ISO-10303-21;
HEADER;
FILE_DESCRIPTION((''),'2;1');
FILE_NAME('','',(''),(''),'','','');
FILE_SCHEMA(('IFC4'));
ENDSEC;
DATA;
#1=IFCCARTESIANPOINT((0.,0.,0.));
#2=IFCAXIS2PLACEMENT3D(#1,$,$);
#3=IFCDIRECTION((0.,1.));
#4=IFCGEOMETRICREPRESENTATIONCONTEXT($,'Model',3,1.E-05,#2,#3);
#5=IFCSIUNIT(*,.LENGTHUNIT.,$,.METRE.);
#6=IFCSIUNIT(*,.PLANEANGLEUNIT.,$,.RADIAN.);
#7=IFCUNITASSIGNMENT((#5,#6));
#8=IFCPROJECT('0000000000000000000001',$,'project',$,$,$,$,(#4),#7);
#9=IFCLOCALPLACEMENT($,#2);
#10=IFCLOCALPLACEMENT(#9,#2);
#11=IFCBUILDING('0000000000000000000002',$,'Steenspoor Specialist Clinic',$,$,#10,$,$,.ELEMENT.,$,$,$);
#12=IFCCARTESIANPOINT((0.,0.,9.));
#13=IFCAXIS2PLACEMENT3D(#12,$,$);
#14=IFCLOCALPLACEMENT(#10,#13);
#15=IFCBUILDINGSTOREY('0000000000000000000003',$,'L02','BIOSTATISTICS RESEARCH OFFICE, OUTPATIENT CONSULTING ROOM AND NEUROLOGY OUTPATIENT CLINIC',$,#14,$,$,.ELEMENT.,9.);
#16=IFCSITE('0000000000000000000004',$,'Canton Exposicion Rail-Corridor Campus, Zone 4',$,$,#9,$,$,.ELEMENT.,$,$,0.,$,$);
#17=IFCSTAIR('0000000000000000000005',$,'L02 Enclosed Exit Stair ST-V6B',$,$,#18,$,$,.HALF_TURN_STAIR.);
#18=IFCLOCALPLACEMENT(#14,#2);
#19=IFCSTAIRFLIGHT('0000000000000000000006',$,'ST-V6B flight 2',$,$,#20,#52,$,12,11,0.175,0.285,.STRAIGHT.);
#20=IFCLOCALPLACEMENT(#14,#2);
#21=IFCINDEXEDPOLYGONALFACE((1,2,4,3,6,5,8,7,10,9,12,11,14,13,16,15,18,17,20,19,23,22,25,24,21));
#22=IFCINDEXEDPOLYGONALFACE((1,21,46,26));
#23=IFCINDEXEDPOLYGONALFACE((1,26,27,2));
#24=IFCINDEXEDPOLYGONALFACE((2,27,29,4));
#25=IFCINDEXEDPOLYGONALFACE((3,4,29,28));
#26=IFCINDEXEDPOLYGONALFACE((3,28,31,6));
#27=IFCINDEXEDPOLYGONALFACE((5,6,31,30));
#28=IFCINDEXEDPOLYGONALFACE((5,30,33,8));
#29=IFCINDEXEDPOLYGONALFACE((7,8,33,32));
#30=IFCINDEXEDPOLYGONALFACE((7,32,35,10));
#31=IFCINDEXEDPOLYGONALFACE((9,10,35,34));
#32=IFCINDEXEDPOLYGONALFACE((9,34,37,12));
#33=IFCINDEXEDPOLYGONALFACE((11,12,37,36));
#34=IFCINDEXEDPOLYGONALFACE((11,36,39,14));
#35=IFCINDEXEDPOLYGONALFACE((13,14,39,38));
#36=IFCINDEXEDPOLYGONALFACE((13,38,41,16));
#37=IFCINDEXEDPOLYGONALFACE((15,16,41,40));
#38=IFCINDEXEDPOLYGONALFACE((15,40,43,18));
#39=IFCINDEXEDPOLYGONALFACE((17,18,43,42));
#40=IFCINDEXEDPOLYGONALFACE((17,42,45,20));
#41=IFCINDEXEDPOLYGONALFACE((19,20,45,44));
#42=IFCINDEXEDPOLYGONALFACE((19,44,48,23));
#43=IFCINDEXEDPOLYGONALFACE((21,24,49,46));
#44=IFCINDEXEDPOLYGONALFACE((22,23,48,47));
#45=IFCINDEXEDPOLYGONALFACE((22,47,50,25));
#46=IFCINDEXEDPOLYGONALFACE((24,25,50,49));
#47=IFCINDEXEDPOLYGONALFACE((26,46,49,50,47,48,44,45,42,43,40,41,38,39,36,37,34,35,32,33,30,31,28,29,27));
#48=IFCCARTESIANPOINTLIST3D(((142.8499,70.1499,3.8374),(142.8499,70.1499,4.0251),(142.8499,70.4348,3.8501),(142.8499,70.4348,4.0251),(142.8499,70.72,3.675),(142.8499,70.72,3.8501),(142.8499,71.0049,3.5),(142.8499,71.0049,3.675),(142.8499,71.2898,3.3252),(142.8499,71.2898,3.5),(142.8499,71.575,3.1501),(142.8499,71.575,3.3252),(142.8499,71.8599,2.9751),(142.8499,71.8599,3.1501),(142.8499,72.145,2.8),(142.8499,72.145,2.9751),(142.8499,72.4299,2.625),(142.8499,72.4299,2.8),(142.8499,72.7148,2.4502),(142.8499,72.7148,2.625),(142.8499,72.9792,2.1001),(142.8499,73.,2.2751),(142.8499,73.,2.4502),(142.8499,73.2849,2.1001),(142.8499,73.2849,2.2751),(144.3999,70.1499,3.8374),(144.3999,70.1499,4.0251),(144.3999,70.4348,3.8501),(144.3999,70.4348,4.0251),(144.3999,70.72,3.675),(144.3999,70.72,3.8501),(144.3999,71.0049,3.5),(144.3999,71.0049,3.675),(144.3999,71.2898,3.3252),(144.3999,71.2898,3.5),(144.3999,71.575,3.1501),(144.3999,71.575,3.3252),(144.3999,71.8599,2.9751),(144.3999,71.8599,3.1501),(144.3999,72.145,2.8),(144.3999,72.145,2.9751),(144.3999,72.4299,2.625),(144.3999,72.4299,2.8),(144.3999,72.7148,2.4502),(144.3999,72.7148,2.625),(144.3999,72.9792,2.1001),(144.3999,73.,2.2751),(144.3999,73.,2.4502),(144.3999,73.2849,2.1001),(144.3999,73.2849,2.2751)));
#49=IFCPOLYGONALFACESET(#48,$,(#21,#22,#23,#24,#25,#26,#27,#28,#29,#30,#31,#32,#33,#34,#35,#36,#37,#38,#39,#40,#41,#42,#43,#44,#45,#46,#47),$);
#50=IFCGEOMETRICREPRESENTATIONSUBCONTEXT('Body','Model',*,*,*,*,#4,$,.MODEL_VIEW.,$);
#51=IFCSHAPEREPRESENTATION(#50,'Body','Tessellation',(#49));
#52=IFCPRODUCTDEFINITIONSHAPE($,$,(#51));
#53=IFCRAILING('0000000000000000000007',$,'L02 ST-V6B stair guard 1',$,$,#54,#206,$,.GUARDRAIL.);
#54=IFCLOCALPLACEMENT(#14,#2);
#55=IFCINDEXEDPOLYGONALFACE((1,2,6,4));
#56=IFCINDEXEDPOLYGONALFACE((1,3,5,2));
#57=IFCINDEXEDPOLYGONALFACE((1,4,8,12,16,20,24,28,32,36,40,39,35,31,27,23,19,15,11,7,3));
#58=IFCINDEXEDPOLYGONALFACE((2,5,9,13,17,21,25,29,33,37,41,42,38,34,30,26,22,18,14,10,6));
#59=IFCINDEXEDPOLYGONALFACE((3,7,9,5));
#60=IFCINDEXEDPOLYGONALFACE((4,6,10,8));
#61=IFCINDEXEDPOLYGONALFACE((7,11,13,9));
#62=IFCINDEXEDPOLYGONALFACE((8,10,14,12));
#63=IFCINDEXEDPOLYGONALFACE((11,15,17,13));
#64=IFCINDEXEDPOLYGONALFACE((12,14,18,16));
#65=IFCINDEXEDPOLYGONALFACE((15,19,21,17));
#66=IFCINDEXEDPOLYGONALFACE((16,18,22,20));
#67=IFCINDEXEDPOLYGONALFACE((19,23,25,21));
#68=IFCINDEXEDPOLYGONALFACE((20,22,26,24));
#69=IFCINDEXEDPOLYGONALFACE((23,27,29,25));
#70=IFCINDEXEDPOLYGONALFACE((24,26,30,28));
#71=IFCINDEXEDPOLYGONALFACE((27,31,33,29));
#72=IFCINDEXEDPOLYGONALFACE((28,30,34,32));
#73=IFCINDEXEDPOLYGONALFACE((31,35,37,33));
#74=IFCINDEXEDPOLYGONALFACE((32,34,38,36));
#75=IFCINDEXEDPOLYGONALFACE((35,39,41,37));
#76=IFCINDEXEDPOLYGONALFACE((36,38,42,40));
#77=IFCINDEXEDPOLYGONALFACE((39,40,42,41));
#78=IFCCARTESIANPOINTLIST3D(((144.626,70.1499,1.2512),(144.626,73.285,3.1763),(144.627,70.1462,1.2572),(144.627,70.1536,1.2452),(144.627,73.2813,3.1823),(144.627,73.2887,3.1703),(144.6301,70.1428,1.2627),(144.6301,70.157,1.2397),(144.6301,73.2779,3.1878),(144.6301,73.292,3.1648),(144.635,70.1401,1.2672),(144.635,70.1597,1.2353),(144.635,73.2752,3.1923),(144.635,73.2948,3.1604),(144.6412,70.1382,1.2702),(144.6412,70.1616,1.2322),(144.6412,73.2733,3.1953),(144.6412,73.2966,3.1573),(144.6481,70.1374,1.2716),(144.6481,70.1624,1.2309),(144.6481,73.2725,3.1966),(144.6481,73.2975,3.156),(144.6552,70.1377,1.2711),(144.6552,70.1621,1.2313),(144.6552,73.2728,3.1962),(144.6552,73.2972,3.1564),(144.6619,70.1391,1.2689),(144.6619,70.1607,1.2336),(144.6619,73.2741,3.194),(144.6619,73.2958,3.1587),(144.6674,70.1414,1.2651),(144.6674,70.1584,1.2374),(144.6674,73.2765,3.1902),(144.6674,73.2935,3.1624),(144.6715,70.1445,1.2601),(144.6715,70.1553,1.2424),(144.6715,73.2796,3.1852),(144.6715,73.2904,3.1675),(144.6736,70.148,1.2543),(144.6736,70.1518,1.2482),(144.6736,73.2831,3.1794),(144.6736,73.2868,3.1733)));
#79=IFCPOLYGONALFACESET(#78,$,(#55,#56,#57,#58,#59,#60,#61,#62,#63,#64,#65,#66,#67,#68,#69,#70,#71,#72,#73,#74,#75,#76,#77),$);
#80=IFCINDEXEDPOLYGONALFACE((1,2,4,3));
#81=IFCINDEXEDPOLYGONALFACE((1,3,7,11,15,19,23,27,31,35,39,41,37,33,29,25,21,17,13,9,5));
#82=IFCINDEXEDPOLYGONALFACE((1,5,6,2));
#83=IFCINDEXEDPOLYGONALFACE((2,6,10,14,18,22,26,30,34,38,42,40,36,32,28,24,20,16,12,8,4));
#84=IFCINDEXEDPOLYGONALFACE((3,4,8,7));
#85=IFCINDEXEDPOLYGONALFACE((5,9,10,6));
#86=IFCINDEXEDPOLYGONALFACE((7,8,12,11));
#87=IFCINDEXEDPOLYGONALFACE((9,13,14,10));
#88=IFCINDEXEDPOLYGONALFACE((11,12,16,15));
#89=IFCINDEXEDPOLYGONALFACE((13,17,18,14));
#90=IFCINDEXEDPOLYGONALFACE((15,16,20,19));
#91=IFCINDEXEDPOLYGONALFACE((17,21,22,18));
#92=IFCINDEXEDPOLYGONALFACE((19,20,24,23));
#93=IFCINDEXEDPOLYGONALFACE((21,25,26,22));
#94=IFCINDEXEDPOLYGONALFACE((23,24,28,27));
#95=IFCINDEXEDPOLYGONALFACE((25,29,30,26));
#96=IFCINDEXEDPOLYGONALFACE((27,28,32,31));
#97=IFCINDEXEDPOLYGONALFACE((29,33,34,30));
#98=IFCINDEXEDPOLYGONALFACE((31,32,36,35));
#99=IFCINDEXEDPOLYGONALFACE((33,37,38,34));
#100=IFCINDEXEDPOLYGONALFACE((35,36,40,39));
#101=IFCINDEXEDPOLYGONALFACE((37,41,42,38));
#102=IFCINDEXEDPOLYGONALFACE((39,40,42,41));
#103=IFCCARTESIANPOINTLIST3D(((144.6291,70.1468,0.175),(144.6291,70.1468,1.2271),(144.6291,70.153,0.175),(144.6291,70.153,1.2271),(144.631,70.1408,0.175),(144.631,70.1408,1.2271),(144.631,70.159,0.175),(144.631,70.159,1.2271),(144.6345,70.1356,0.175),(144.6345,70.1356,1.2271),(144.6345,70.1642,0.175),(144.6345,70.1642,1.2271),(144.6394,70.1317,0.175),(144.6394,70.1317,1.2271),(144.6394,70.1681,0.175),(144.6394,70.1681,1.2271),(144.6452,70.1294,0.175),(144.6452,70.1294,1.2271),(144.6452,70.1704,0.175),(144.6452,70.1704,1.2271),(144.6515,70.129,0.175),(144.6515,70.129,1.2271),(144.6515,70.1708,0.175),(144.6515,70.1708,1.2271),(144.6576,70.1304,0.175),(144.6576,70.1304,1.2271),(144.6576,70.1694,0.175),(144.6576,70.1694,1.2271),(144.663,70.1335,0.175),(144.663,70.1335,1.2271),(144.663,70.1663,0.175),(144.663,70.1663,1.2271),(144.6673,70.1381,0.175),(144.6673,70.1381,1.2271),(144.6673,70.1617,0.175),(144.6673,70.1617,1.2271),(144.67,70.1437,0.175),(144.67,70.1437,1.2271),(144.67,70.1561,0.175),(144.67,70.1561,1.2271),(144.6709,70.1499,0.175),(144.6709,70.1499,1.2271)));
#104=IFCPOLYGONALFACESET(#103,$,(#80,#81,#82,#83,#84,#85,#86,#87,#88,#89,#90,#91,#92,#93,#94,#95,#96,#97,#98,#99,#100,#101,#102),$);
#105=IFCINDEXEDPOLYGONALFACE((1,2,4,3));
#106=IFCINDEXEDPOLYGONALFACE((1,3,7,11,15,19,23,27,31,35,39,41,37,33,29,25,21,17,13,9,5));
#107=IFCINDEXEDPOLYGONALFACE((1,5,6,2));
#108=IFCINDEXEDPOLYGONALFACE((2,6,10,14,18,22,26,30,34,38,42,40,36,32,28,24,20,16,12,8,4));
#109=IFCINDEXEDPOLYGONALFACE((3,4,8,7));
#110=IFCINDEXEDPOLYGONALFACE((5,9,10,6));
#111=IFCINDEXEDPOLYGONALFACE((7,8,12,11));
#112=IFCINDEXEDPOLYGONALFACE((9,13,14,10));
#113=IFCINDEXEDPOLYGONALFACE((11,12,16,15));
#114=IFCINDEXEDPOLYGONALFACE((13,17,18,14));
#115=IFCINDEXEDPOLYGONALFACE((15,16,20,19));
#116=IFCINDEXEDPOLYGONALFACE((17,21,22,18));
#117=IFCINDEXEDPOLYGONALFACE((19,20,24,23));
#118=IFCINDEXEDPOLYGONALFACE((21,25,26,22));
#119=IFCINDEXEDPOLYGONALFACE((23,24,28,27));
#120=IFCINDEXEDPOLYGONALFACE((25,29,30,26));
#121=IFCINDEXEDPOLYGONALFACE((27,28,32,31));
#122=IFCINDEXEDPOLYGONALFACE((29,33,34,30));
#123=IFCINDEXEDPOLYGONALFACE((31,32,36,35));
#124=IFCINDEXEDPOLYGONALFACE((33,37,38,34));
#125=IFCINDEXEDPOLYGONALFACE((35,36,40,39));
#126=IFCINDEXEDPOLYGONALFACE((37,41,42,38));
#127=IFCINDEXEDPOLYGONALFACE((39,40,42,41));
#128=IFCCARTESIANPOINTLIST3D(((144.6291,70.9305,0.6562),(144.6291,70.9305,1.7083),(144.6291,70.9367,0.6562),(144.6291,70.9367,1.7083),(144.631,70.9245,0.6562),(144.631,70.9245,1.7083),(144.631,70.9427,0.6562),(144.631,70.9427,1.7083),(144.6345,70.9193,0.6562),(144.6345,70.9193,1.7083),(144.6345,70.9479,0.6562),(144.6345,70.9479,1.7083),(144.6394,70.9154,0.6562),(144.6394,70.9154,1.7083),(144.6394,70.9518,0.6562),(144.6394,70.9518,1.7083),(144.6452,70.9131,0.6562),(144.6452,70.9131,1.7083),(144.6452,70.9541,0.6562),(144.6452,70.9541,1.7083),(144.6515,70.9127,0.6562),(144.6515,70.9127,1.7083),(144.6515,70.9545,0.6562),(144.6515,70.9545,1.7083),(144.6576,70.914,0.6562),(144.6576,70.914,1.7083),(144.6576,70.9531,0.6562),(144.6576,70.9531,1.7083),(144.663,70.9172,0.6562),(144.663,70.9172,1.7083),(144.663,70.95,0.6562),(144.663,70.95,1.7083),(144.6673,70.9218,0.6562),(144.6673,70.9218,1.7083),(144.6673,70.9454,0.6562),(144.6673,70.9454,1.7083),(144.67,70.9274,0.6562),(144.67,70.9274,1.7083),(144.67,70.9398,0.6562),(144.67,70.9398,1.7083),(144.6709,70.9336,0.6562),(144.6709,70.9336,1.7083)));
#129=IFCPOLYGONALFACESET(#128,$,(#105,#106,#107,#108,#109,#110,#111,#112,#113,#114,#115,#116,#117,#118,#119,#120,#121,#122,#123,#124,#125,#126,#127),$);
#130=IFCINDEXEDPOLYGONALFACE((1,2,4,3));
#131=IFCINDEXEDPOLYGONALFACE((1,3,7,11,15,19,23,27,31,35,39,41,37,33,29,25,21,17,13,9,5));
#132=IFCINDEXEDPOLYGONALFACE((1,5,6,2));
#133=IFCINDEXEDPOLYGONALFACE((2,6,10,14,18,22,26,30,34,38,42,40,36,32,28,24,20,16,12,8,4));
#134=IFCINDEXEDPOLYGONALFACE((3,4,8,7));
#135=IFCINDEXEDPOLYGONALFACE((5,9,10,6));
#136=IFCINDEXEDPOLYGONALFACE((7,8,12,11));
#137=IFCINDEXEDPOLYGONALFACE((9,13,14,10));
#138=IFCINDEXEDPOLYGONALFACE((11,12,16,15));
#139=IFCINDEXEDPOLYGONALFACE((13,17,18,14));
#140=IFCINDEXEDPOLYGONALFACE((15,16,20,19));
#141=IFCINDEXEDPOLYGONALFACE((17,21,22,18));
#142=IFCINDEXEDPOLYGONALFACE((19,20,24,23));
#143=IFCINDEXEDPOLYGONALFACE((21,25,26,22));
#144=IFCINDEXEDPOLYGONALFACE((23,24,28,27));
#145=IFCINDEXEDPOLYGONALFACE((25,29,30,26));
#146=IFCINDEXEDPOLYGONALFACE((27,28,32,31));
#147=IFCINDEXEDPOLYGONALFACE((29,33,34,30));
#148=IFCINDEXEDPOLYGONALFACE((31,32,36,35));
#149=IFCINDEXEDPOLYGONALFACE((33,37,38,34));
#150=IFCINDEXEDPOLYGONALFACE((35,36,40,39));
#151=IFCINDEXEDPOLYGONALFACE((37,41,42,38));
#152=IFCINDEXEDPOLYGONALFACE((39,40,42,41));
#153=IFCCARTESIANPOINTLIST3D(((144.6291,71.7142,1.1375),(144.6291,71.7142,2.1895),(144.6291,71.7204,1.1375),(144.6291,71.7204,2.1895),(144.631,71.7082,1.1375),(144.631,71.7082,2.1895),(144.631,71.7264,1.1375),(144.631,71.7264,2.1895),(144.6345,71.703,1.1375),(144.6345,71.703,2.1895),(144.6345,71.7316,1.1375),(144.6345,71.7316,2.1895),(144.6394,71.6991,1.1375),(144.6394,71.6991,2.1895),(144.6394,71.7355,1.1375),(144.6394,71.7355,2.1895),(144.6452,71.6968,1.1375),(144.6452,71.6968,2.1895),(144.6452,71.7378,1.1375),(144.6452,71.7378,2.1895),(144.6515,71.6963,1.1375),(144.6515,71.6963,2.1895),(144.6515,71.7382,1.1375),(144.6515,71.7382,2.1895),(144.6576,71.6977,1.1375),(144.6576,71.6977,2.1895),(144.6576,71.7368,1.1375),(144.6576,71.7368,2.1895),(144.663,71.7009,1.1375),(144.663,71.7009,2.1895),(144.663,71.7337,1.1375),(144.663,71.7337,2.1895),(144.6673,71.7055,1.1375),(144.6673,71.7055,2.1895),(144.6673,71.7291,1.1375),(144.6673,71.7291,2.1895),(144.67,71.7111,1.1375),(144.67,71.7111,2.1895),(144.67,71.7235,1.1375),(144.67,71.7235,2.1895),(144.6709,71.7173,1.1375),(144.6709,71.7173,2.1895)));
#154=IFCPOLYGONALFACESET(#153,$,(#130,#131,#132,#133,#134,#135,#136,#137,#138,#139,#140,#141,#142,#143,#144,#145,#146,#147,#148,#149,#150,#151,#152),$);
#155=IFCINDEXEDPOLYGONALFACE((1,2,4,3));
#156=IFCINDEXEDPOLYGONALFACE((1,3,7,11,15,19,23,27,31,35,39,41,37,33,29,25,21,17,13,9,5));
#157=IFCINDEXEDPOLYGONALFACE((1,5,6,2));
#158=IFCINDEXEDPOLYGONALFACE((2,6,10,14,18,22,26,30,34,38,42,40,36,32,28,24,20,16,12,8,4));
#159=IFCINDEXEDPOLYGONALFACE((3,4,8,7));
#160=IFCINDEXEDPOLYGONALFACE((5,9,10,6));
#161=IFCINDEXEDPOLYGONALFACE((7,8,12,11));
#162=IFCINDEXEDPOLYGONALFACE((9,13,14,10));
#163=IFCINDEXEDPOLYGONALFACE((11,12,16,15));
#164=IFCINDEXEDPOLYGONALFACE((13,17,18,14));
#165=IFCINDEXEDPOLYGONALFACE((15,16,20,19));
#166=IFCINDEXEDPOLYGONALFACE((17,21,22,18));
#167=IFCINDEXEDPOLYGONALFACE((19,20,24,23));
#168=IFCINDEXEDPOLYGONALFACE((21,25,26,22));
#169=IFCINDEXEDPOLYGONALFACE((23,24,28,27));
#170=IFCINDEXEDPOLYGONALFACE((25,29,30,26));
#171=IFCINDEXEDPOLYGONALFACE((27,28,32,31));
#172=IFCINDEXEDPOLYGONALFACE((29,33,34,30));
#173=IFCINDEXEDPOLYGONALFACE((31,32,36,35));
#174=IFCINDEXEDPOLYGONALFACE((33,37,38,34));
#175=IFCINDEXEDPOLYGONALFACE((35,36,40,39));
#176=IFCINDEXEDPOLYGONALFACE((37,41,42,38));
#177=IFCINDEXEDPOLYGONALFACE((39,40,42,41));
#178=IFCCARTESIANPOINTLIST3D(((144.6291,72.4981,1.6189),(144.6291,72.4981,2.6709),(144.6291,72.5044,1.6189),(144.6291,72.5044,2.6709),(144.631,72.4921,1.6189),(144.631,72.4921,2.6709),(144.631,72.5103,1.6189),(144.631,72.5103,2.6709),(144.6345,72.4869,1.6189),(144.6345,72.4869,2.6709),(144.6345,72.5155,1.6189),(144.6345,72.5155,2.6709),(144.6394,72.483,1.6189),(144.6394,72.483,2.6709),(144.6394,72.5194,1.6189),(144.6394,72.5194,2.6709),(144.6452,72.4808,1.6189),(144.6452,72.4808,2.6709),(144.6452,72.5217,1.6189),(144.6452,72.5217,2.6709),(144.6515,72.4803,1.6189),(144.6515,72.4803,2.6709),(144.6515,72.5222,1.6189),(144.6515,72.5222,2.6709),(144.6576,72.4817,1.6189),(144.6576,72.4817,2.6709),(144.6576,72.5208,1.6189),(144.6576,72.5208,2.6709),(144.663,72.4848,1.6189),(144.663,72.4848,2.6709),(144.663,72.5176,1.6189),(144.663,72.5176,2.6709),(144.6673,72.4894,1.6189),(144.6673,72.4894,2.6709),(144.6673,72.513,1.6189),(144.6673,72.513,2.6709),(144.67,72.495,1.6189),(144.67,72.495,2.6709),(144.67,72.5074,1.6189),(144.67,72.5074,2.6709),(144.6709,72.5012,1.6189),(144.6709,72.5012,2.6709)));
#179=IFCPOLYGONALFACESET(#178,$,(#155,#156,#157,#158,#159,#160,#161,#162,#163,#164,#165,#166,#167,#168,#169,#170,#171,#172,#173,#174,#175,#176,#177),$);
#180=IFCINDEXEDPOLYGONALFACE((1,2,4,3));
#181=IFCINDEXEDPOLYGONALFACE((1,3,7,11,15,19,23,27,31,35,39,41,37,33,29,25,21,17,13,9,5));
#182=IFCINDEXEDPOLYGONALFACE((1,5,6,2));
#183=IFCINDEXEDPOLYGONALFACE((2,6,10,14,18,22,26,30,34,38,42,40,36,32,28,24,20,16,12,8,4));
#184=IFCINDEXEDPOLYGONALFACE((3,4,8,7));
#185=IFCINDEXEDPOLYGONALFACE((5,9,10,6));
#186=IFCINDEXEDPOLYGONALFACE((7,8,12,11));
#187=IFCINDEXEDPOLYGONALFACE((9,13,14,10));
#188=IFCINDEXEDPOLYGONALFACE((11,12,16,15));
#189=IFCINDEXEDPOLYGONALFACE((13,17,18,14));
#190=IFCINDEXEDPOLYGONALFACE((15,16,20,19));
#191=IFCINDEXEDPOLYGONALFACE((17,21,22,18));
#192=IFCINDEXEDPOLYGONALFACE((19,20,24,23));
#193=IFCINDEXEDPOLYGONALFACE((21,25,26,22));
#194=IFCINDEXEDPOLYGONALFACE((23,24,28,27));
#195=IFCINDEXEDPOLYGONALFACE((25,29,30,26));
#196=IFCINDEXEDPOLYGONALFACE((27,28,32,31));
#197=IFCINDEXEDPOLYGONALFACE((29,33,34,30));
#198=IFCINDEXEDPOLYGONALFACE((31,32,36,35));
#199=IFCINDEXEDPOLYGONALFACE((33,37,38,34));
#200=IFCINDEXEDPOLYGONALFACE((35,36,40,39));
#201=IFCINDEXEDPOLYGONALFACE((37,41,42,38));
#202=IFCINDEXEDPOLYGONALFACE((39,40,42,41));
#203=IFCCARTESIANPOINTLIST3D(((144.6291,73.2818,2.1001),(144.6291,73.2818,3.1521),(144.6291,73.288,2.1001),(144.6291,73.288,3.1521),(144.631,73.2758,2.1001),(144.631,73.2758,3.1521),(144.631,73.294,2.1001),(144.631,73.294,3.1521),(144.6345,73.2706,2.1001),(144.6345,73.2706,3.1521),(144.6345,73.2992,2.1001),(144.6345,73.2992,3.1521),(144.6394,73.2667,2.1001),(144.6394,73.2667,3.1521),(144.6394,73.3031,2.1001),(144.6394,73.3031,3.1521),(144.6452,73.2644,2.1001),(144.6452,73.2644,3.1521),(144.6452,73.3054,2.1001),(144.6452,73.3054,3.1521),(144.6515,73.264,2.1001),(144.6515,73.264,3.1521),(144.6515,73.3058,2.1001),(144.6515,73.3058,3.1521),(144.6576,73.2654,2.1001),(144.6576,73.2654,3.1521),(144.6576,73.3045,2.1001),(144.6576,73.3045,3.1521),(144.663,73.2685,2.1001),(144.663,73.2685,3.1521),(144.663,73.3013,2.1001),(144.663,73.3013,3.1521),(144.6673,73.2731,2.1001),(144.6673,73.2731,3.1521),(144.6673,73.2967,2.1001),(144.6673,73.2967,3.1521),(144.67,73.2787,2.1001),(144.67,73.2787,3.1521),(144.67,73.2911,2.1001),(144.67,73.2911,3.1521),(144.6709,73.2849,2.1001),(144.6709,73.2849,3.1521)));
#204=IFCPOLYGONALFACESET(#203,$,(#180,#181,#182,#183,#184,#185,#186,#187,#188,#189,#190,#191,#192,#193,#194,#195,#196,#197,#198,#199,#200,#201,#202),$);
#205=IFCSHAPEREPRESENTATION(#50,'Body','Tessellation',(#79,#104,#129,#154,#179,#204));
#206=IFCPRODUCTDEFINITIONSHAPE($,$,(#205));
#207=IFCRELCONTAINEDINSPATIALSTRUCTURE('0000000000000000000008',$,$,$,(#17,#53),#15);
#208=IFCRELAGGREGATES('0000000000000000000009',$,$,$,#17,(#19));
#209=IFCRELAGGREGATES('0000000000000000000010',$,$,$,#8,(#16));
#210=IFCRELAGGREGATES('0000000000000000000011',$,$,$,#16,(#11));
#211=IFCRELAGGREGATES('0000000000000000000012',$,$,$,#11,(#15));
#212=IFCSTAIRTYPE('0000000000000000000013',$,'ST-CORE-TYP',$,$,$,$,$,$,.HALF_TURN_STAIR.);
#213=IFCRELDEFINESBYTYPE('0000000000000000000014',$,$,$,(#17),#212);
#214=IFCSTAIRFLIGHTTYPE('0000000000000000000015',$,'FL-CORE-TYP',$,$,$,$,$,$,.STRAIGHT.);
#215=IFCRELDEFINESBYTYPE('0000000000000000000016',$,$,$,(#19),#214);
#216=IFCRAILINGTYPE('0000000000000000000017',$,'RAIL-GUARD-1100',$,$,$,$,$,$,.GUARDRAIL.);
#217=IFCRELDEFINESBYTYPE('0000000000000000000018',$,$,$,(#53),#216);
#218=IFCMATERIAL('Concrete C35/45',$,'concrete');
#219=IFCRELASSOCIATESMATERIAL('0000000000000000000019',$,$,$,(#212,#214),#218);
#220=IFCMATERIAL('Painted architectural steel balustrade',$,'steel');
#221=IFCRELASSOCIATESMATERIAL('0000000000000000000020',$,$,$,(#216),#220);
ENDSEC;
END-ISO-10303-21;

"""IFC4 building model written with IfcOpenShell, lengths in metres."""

from ifc_helpers import new_model, si_unit, direction, frame, origin, origin_2d, place, context, subcontext, project, spatial, polyline, circle, outline, extrude, material, type_object, element, aggregate, save


model = new_model("IFC4")

# Units and contexts
model_context = context("Model", 3, precision=1e-05, world=origin(), true_north=direction((0.0, 1.0)))
body_context = subcontext(model_context, "Body", "Model", "MODEL_VIEW")
ifc_project = project(units=[si_unit("LENGTHUNIT", "METRE"), si_unit("PLANEANGLEUNIT", "RADIAN")], contexts=[model_context])

# Site, building, storey
site_placement = place(None, origin())
site = spatial("IfcSite", under=ifc_project, at=site_placement, Name="Canton Exposicion Rail-Corridor Campus, Zone 4", CompositionType="ELEMENT", RefElevation=0.0)
building_placement = place(site_placement, origin())
building = spatial("IfcBuilding", under=site, at=building_placement, Name="Steenspoor Specialist Clinic", CompositionType="ELEMENT")
storey_placement = place(building_placement, frame((0.0, 0.0, 9.0)))
storey = spatial("IfcBuildingStorey", under=building, at=storey_placement, Name="L02", Description="BIOSTATISTICS RESEARCH OFFICE, OUTPATIENT CONSULTING ROOM AND NEUROLOGY OUTPATIENT CLINIC", CompositionType="ELEMENT", Elevation=9.0)

# Shared definitions
ifc_material_1 = material(Name="Concrete C35/45", Category="concrete")

# Stair, stair flight
stair_type = type_object("IfcStairType", Name="ST-CORE-TYP", PredefinedType="HALF_TURN_STAIR", material=ifc_material_1)
stair_placement = place(storey_placement, origin())
stair = element("IfcStair", 1, at=stair_placement, inside=storey, type_object=stair_type, Name="L02 Enclosed Exit Stair ST-V6B", PredefinedType="HALF_TURN_STAIR")
stair_flight_type = type_object("IfcStairFlightType", Name="FL-CORE-TYP", PredefinedType="STRAIGHT", material=ifc_material_1)
stair_flight_1_placement = place(storey_placement, frame((143.625, 73.2849, 2.1001), z_axis=(0.0, 0.0, 1.0), x_axis=(0.0, -1.0, 0.0)))
stair_flight_1 = element("IfcStairFlight", 2, at=stair_flight_1_placement, type_object=stair_flight_type, Name="ST-V6B flight 2", NumberOfRisers=12, NumberOfTreads=11, PredefinedType="STRAIGHT", RiserHeight=0.175, TreadLength=0.285, context=body_context, shape_type="SweptSolid", body=[
    extrude(outline(polyline([(0.0, 0.0), (0.0, 0.175), (0.2849, 0.175), (0.2849, 0.3501), (0.5701, 0.3501), (0.5701, 0.5249), (0.855, 0.5249), (0.855, 0.7), (1.1399, 0.7), (1.1399, 0.875), (1.425, 0.875), (1.425, 1.05), (1.71, 1.05), (1.71, 1.2251), (1.9951, 1.2251), (1.9951, 1.3999), (2.28, 1.3999), (2.28, 1.575), (2.5649, 1.575), (2.5649, 1.75), (2.8501, 1.75), (2.8501, 1.925), (3.135, 1.925), (3.135, 2.1001), (3.135, 1.7373), (0.3057, 0.0), (0.0, 0.0)])), frame((0.0, 0.7749, 0.0), z_axis=(0.0, -1.0, 0.0), x_axis=(1.0, 0.0, 0.0)), (0.0, 0.0, 1.0), 1.55),
])
aggregate(stair, [stair_flight_1])

# Railing
ifc_material_2 = material(Name="Painted architectural steel balustrade", Category="steel")
railing_type_1 = type_object("IfcRailingType", Name="RAIL-GUARD-1100", PredefinedType="GUARDRAIL", material=ifc_material_2)
railing_1_placement = place(storey_placement, frame((144.6499, 70.1499, 0.175)))
element("IfcRailing", 3, at=railing_1_placement, inside=storey, type_object=railing_type_1, Name="L02 ST-V6B stair guard 1", PredefinedType="GUARDRAIL", context=body_context, shape_type="SweptSolid", body=[
    extrude(circle(Radius=0.0239, at=origin_2d()), frame((0.0, 0.0, 1.0762), z_axis=(0.0, 0.852166, 0.523271), x_axis=(-1.0, 0.0, 0.0)), (0.0, 0.0, 1.0), 3.679),
    extrude(circle(Radius=0.021, at=origin_2d()), origin(), (0.0, 0.0, 1.0), 1.052),
    extrude(circle(Radius=0.021, at=origin_2d()), frame((0.0, 0.7837, 0.4812)), (0.0, 0.0, 1.0), 1.052),
    extrude(circle(Radius=0.021, at=origin_2d()), frame((0.0, 1.5674, 0.9624)), (0.0, 0.0, 1.0), 1.052),
    extrude(circle(Radius=0.021, at=origin_2d()), frame((0.0, 2.3513, 1.4438)), (0.0, 0.0, 1.0), 1.052),
    extrude(circle(Radius=0.021, at=origin_2d()), frame((0.0, 3.135, 1.925)), (0.0, 0.0, 1.0), 1.052),
])

save(model, "model.ifc")
